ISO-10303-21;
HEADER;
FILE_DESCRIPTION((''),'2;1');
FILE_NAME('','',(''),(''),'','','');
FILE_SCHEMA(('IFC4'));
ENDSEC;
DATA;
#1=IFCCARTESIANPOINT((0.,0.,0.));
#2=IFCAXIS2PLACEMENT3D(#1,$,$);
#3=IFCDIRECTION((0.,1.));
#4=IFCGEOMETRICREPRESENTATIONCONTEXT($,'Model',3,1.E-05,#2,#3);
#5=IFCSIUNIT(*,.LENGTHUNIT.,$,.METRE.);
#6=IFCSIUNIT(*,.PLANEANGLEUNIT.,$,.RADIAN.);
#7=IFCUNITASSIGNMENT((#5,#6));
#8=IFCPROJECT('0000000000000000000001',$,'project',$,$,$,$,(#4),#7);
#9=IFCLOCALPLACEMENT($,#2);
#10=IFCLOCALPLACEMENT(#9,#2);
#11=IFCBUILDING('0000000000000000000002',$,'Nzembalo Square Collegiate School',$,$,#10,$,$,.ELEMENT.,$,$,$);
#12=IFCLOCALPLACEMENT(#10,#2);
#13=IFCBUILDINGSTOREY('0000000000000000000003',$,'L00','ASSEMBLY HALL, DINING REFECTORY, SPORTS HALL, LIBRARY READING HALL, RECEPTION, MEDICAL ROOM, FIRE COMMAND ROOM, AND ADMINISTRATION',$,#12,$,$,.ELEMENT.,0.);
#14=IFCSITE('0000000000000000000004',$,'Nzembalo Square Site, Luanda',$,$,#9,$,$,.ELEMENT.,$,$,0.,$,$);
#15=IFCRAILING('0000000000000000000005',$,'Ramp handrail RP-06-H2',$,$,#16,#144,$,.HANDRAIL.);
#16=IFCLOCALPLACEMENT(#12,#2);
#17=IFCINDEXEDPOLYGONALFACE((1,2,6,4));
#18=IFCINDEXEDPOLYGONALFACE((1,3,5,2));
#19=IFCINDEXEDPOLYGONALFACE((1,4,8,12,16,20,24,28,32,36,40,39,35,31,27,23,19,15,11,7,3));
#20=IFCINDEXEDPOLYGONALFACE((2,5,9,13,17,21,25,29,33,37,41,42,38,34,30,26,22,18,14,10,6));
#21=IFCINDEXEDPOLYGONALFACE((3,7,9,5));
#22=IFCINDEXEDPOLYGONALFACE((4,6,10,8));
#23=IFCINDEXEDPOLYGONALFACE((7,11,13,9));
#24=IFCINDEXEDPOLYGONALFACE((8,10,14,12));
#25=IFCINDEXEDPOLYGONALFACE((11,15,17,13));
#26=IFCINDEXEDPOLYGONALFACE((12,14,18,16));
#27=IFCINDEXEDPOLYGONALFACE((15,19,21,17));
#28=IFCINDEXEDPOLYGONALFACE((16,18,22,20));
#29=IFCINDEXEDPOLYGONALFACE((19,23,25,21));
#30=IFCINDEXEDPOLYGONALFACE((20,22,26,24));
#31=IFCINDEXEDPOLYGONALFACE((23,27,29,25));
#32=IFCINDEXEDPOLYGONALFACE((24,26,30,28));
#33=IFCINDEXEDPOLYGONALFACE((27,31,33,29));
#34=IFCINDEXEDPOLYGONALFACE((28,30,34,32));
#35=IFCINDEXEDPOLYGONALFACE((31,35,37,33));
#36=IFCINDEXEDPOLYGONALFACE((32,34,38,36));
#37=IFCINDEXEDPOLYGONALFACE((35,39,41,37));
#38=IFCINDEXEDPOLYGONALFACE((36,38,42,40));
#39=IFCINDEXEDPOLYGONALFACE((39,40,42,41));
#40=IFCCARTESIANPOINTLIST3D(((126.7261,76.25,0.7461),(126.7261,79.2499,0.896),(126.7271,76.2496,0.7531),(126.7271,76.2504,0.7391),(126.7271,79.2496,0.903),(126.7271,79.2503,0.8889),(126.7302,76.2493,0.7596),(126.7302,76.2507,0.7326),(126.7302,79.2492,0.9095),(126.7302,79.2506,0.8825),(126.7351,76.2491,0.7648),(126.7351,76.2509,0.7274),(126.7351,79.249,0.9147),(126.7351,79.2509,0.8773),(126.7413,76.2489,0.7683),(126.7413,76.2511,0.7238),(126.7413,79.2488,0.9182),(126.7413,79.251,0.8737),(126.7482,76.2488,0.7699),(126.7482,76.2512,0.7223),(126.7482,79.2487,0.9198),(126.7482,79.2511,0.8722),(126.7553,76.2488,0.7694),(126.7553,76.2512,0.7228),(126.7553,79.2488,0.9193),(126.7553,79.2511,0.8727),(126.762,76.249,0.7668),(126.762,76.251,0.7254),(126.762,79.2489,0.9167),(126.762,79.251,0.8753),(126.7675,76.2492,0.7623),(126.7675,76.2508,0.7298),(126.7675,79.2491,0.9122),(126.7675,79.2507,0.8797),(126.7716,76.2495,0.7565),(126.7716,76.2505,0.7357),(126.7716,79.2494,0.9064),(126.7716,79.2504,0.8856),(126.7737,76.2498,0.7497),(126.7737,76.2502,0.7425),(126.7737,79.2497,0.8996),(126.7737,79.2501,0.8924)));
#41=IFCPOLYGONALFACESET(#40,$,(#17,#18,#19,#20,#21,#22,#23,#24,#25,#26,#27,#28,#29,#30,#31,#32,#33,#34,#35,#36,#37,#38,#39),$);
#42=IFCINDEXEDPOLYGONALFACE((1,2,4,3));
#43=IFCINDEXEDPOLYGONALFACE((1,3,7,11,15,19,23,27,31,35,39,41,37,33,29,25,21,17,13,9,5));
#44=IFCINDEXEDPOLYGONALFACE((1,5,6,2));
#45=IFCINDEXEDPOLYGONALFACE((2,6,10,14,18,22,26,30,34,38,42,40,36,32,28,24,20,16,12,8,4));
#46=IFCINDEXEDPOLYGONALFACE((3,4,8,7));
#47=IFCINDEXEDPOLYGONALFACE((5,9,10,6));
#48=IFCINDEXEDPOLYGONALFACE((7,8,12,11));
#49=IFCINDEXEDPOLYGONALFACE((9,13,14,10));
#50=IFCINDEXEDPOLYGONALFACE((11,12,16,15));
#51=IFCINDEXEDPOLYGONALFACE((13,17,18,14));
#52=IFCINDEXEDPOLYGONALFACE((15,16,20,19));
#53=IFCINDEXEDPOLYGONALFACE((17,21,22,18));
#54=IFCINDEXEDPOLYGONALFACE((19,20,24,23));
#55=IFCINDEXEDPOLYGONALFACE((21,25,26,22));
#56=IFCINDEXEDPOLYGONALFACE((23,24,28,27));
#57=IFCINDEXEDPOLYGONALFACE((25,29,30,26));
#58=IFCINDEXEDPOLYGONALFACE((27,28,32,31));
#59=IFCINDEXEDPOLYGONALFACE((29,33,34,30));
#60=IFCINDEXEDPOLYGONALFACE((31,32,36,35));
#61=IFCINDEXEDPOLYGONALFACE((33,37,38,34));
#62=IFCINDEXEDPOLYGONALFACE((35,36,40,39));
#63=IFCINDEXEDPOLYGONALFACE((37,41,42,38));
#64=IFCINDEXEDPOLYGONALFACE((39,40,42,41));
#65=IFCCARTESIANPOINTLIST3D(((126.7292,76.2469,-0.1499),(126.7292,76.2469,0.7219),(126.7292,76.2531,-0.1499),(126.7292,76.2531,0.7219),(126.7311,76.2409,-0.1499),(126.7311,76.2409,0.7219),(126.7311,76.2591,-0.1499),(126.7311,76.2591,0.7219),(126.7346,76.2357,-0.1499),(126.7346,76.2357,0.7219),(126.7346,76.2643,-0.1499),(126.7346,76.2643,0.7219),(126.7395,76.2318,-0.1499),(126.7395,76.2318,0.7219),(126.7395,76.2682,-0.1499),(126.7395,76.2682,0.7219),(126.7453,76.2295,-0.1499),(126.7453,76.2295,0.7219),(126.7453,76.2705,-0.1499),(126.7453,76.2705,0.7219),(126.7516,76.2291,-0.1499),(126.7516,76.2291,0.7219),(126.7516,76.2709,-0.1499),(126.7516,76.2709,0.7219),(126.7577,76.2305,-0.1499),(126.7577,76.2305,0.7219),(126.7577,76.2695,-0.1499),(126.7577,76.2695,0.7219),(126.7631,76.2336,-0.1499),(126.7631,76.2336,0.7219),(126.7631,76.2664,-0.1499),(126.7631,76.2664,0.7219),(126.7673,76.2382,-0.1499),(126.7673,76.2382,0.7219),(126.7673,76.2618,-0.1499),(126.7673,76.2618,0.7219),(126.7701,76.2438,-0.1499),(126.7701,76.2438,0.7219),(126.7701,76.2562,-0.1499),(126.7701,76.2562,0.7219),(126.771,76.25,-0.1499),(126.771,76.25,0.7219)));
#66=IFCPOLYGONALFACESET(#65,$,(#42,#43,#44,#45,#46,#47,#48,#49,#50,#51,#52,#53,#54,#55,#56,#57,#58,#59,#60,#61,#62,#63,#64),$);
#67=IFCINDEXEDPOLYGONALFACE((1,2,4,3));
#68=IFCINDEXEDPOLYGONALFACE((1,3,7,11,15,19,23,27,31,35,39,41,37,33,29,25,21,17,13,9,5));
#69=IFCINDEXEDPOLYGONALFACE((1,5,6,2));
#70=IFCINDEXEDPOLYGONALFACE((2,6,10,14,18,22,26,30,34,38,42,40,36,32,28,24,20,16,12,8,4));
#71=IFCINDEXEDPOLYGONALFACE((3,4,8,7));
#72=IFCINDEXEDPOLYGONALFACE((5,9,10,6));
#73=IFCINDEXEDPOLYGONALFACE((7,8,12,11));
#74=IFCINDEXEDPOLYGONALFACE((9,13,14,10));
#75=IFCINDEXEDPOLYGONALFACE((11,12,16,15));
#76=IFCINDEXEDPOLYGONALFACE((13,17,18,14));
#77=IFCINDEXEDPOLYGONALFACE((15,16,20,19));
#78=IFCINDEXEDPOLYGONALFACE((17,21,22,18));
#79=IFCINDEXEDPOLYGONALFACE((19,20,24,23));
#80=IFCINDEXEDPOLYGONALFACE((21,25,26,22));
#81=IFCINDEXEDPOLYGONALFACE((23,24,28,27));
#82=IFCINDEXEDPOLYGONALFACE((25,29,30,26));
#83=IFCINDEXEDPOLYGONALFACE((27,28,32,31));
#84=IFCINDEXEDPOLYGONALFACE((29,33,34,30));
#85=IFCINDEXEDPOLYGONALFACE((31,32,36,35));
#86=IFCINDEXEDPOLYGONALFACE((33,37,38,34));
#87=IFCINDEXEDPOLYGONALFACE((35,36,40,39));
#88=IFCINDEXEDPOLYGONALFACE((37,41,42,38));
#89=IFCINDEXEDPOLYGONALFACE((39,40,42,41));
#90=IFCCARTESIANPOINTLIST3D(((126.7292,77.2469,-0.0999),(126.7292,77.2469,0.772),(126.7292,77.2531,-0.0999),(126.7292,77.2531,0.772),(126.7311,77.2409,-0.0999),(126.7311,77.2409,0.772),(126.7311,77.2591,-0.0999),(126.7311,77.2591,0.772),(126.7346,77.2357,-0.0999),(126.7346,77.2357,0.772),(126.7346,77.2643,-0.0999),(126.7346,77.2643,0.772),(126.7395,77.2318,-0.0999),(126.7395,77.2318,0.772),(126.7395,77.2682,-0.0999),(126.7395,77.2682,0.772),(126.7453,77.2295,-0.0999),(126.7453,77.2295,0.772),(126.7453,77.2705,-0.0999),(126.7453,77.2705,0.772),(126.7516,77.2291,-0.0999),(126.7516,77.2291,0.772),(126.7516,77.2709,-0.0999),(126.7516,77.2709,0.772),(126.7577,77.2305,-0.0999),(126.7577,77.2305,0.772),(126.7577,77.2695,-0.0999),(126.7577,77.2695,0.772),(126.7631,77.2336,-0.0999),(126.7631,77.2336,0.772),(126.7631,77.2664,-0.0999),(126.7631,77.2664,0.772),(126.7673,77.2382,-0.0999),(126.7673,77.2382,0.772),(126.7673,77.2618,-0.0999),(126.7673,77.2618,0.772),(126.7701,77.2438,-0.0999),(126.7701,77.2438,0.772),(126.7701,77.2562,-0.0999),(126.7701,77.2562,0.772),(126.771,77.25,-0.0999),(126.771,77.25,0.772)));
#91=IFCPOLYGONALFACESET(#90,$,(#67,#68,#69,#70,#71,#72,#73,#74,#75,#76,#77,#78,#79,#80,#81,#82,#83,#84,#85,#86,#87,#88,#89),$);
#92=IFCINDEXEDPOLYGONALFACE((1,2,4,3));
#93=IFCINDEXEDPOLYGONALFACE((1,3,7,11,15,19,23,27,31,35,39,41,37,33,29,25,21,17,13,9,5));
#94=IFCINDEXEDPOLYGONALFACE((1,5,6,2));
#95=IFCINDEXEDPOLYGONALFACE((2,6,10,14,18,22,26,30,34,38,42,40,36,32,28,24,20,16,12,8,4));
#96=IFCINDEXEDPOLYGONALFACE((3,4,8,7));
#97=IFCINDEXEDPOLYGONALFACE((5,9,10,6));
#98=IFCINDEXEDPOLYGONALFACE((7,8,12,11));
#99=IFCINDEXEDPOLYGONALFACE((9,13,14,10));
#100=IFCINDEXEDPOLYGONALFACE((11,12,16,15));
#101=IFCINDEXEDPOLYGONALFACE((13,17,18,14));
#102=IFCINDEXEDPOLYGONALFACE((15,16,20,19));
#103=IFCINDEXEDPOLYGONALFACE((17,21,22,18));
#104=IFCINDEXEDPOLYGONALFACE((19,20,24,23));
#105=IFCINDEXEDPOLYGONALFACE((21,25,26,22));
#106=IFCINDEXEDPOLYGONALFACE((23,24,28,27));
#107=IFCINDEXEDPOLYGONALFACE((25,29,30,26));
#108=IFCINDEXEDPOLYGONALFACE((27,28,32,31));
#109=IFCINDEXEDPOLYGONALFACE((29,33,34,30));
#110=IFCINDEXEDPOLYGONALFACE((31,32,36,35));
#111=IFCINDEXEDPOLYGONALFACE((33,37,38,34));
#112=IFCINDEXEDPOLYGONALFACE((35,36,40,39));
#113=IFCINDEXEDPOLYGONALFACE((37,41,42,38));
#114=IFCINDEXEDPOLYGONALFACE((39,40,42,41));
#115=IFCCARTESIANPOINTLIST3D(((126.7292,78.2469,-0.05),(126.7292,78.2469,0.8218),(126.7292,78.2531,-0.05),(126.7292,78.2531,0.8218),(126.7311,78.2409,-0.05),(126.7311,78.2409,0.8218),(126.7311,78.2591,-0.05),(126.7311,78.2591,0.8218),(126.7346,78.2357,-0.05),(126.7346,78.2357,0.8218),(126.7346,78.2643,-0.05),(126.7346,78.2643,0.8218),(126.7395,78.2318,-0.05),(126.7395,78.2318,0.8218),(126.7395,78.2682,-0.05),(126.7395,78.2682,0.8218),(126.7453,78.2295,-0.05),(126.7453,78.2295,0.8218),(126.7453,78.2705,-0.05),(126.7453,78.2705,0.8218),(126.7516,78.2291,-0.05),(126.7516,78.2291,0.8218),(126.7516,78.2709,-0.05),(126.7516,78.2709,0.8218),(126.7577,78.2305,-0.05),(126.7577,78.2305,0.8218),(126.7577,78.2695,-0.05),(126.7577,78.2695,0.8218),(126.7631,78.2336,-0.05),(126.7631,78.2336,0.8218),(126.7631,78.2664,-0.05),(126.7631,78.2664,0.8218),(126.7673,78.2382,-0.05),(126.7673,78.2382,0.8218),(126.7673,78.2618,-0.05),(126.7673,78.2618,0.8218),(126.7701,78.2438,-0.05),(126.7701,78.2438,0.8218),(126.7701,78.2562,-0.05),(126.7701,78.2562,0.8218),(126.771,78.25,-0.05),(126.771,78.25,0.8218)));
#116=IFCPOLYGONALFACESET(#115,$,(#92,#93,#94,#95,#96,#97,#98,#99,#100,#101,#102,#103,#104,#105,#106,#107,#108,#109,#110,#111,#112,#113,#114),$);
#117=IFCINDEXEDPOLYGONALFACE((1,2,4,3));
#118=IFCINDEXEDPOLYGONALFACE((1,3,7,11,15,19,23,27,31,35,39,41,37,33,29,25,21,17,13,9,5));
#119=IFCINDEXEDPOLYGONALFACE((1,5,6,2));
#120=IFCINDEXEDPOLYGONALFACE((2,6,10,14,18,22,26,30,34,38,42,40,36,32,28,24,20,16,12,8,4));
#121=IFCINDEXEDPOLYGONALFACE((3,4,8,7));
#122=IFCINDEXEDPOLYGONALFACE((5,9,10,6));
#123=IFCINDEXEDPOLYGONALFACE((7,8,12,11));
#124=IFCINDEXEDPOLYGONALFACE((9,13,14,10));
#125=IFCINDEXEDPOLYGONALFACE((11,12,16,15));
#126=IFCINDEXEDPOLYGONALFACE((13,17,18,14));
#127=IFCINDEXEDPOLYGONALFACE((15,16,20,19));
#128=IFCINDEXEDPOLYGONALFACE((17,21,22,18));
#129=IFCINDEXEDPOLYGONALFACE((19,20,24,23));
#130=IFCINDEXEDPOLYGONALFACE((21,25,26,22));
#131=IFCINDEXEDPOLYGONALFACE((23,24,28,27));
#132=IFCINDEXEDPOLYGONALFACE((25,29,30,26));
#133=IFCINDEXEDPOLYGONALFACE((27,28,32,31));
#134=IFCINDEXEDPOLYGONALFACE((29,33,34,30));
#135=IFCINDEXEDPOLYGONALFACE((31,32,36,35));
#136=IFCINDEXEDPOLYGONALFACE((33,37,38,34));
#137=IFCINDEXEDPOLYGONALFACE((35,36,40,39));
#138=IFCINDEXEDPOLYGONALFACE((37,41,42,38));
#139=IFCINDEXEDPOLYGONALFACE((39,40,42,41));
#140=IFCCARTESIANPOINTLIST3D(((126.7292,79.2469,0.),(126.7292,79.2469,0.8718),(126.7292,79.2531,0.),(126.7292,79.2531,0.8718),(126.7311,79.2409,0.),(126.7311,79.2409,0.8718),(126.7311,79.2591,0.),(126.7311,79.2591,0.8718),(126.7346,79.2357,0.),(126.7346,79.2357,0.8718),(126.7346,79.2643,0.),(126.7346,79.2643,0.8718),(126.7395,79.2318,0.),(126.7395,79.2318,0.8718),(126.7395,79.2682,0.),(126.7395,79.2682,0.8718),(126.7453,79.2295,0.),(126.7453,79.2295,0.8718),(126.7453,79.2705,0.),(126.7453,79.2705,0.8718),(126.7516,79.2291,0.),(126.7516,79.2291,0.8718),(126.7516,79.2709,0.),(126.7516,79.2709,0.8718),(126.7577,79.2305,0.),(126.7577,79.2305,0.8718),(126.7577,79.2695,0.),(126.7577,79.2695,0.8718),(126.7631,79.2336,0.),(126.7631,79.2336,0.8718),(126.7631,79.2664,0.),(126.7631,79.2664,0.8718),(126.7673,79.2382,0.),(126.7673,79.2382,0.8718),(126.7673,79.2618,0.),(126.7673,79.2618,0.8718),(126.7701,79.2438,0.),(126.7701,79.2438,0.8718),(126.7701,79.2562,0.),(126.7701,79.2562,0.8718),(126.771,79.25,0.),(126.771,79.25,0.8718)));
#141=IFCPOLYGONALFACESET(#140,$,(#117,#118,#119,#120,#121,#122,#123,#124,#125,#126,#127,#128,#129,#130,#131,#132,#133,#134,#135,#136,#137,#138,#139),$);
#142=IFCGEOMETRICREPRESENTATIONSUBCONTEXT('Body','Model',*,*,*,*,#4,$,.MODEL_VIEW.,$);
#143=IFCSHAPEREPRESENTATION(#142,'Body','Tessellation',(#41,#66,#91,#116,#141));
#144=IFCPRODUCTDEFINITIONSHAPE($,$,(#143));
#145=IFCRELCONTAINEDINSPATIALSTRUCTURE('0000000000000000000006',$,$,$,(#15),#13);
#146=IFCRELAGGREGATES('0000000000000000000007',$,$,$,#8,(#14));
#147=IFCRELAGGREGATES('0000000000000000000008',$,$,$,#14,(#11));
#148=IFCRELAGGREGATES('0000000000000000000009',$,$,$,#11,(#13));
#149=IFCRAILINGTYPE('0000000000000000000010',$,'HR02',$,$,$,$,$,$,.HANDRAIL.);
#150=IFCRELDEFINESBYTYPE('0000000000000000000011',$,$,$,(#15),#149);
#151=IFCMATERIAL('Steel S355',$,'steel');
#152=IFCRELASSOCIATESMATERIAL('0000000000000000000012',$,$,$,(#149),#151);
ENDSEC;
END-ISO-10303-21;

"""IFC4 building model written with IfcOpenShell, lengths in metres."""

from ifc_helpers import new_model, si_unit, direction, frame, origin, origin_2d, place, context, subcontext, project, spatial, circle, extrude, material, type_object, element, save


model = new_model("IFC4")

# Units and contexts
model_context = context("Model", 3, precision=1e-05, world=origin(), true_north=direction((0.0, 1.0)))
body_context = subcontext(model_context, "Body", "Model", "MODEL_VIEW")
ifc_project = project(units=[si_unit("LENGTHUNIT", "METRE"), si_unit("PLANEANGLEUNIT", "RADIAN")], contexts=[model_context])

# Site, building, storey
site_placement = place(None, origin())
site = spatial("IfcSite", under=ifc_project, at=site_placement, Name="Nzembalo Square Site, Luanda", CompositionType="ELEMENT", RefElevation=0.0)
building_placement = place(site_placement, origin())
building = spatial("IfcBuilding", under=site, at=building_placement, Name="Nzembalo Square Collegiate School", CompositionType="ELEMENT")
storey_placement = place(building_placement, origin())
storey = spatial("IfcBuildingStorey", under=building, at=storey_placement, Name="L00", Description="ASSEMBLY HALL, DINING REFECTORY, SPORTS HALL, LIBRARY READING HALL, RECEPTION, MEDICAL ROOM, FIRE COMMAND ROOM, AND ADMINISTRATION", CompositionType="ELEMENT", Elevation=0.0)

# Railing
ifc_material_1 = material(Name="Steel S355", Category="steel")
railing_type_1 = type_object("IfcRailingType", Name="HR02", PredefinedType="HANDRAIL", material=ifc_material_1)
railing_1_placement = place(storey_placement, frame((126.75, 76.25, -0.1499)))
element("IfcRailing", 1, at=railing_1_placement, inside=storey, type_object=railing_type_1, Name="Ramp handrail RP-06-H2", PredefinedType="HANDRAIL", context=body_context, shape_type="SweptSolid", body=[
    extrude(circle(Radius=0.0239, at=origin_2d()), frame((0.0, 0.0, 0.896), z_axis=(0.0, 0.998754, 0.049905), x_axis=(-1.0, 0.0, 0.0)), (0.0, 0.0, 1.0), 3.0037),
    extrude(circle(Radius=0.021, at=origin_2d()), origin(), (0.0, 0.0, 1.0), 0.8718),
    extrude(circle(Radius=0.021, at=origin_2d()), frame((0.0, 1.0, 0.05)), (0.0, 0.0, 1.0), 0.8718),
    extrude(circle(Radius=0.021, at=origin_2d()), frame((0.0, 2.0, 0.0999)), (0.0, 0.0, 1.0), 0.8718),
    extrude(circle(Radius=0.021, at=origin_2d()), frame((0.0, 3.0, 0.1499)), (0.0, 0.0, 1.0), 0.8718),
])

save(model, "model.ifc")
